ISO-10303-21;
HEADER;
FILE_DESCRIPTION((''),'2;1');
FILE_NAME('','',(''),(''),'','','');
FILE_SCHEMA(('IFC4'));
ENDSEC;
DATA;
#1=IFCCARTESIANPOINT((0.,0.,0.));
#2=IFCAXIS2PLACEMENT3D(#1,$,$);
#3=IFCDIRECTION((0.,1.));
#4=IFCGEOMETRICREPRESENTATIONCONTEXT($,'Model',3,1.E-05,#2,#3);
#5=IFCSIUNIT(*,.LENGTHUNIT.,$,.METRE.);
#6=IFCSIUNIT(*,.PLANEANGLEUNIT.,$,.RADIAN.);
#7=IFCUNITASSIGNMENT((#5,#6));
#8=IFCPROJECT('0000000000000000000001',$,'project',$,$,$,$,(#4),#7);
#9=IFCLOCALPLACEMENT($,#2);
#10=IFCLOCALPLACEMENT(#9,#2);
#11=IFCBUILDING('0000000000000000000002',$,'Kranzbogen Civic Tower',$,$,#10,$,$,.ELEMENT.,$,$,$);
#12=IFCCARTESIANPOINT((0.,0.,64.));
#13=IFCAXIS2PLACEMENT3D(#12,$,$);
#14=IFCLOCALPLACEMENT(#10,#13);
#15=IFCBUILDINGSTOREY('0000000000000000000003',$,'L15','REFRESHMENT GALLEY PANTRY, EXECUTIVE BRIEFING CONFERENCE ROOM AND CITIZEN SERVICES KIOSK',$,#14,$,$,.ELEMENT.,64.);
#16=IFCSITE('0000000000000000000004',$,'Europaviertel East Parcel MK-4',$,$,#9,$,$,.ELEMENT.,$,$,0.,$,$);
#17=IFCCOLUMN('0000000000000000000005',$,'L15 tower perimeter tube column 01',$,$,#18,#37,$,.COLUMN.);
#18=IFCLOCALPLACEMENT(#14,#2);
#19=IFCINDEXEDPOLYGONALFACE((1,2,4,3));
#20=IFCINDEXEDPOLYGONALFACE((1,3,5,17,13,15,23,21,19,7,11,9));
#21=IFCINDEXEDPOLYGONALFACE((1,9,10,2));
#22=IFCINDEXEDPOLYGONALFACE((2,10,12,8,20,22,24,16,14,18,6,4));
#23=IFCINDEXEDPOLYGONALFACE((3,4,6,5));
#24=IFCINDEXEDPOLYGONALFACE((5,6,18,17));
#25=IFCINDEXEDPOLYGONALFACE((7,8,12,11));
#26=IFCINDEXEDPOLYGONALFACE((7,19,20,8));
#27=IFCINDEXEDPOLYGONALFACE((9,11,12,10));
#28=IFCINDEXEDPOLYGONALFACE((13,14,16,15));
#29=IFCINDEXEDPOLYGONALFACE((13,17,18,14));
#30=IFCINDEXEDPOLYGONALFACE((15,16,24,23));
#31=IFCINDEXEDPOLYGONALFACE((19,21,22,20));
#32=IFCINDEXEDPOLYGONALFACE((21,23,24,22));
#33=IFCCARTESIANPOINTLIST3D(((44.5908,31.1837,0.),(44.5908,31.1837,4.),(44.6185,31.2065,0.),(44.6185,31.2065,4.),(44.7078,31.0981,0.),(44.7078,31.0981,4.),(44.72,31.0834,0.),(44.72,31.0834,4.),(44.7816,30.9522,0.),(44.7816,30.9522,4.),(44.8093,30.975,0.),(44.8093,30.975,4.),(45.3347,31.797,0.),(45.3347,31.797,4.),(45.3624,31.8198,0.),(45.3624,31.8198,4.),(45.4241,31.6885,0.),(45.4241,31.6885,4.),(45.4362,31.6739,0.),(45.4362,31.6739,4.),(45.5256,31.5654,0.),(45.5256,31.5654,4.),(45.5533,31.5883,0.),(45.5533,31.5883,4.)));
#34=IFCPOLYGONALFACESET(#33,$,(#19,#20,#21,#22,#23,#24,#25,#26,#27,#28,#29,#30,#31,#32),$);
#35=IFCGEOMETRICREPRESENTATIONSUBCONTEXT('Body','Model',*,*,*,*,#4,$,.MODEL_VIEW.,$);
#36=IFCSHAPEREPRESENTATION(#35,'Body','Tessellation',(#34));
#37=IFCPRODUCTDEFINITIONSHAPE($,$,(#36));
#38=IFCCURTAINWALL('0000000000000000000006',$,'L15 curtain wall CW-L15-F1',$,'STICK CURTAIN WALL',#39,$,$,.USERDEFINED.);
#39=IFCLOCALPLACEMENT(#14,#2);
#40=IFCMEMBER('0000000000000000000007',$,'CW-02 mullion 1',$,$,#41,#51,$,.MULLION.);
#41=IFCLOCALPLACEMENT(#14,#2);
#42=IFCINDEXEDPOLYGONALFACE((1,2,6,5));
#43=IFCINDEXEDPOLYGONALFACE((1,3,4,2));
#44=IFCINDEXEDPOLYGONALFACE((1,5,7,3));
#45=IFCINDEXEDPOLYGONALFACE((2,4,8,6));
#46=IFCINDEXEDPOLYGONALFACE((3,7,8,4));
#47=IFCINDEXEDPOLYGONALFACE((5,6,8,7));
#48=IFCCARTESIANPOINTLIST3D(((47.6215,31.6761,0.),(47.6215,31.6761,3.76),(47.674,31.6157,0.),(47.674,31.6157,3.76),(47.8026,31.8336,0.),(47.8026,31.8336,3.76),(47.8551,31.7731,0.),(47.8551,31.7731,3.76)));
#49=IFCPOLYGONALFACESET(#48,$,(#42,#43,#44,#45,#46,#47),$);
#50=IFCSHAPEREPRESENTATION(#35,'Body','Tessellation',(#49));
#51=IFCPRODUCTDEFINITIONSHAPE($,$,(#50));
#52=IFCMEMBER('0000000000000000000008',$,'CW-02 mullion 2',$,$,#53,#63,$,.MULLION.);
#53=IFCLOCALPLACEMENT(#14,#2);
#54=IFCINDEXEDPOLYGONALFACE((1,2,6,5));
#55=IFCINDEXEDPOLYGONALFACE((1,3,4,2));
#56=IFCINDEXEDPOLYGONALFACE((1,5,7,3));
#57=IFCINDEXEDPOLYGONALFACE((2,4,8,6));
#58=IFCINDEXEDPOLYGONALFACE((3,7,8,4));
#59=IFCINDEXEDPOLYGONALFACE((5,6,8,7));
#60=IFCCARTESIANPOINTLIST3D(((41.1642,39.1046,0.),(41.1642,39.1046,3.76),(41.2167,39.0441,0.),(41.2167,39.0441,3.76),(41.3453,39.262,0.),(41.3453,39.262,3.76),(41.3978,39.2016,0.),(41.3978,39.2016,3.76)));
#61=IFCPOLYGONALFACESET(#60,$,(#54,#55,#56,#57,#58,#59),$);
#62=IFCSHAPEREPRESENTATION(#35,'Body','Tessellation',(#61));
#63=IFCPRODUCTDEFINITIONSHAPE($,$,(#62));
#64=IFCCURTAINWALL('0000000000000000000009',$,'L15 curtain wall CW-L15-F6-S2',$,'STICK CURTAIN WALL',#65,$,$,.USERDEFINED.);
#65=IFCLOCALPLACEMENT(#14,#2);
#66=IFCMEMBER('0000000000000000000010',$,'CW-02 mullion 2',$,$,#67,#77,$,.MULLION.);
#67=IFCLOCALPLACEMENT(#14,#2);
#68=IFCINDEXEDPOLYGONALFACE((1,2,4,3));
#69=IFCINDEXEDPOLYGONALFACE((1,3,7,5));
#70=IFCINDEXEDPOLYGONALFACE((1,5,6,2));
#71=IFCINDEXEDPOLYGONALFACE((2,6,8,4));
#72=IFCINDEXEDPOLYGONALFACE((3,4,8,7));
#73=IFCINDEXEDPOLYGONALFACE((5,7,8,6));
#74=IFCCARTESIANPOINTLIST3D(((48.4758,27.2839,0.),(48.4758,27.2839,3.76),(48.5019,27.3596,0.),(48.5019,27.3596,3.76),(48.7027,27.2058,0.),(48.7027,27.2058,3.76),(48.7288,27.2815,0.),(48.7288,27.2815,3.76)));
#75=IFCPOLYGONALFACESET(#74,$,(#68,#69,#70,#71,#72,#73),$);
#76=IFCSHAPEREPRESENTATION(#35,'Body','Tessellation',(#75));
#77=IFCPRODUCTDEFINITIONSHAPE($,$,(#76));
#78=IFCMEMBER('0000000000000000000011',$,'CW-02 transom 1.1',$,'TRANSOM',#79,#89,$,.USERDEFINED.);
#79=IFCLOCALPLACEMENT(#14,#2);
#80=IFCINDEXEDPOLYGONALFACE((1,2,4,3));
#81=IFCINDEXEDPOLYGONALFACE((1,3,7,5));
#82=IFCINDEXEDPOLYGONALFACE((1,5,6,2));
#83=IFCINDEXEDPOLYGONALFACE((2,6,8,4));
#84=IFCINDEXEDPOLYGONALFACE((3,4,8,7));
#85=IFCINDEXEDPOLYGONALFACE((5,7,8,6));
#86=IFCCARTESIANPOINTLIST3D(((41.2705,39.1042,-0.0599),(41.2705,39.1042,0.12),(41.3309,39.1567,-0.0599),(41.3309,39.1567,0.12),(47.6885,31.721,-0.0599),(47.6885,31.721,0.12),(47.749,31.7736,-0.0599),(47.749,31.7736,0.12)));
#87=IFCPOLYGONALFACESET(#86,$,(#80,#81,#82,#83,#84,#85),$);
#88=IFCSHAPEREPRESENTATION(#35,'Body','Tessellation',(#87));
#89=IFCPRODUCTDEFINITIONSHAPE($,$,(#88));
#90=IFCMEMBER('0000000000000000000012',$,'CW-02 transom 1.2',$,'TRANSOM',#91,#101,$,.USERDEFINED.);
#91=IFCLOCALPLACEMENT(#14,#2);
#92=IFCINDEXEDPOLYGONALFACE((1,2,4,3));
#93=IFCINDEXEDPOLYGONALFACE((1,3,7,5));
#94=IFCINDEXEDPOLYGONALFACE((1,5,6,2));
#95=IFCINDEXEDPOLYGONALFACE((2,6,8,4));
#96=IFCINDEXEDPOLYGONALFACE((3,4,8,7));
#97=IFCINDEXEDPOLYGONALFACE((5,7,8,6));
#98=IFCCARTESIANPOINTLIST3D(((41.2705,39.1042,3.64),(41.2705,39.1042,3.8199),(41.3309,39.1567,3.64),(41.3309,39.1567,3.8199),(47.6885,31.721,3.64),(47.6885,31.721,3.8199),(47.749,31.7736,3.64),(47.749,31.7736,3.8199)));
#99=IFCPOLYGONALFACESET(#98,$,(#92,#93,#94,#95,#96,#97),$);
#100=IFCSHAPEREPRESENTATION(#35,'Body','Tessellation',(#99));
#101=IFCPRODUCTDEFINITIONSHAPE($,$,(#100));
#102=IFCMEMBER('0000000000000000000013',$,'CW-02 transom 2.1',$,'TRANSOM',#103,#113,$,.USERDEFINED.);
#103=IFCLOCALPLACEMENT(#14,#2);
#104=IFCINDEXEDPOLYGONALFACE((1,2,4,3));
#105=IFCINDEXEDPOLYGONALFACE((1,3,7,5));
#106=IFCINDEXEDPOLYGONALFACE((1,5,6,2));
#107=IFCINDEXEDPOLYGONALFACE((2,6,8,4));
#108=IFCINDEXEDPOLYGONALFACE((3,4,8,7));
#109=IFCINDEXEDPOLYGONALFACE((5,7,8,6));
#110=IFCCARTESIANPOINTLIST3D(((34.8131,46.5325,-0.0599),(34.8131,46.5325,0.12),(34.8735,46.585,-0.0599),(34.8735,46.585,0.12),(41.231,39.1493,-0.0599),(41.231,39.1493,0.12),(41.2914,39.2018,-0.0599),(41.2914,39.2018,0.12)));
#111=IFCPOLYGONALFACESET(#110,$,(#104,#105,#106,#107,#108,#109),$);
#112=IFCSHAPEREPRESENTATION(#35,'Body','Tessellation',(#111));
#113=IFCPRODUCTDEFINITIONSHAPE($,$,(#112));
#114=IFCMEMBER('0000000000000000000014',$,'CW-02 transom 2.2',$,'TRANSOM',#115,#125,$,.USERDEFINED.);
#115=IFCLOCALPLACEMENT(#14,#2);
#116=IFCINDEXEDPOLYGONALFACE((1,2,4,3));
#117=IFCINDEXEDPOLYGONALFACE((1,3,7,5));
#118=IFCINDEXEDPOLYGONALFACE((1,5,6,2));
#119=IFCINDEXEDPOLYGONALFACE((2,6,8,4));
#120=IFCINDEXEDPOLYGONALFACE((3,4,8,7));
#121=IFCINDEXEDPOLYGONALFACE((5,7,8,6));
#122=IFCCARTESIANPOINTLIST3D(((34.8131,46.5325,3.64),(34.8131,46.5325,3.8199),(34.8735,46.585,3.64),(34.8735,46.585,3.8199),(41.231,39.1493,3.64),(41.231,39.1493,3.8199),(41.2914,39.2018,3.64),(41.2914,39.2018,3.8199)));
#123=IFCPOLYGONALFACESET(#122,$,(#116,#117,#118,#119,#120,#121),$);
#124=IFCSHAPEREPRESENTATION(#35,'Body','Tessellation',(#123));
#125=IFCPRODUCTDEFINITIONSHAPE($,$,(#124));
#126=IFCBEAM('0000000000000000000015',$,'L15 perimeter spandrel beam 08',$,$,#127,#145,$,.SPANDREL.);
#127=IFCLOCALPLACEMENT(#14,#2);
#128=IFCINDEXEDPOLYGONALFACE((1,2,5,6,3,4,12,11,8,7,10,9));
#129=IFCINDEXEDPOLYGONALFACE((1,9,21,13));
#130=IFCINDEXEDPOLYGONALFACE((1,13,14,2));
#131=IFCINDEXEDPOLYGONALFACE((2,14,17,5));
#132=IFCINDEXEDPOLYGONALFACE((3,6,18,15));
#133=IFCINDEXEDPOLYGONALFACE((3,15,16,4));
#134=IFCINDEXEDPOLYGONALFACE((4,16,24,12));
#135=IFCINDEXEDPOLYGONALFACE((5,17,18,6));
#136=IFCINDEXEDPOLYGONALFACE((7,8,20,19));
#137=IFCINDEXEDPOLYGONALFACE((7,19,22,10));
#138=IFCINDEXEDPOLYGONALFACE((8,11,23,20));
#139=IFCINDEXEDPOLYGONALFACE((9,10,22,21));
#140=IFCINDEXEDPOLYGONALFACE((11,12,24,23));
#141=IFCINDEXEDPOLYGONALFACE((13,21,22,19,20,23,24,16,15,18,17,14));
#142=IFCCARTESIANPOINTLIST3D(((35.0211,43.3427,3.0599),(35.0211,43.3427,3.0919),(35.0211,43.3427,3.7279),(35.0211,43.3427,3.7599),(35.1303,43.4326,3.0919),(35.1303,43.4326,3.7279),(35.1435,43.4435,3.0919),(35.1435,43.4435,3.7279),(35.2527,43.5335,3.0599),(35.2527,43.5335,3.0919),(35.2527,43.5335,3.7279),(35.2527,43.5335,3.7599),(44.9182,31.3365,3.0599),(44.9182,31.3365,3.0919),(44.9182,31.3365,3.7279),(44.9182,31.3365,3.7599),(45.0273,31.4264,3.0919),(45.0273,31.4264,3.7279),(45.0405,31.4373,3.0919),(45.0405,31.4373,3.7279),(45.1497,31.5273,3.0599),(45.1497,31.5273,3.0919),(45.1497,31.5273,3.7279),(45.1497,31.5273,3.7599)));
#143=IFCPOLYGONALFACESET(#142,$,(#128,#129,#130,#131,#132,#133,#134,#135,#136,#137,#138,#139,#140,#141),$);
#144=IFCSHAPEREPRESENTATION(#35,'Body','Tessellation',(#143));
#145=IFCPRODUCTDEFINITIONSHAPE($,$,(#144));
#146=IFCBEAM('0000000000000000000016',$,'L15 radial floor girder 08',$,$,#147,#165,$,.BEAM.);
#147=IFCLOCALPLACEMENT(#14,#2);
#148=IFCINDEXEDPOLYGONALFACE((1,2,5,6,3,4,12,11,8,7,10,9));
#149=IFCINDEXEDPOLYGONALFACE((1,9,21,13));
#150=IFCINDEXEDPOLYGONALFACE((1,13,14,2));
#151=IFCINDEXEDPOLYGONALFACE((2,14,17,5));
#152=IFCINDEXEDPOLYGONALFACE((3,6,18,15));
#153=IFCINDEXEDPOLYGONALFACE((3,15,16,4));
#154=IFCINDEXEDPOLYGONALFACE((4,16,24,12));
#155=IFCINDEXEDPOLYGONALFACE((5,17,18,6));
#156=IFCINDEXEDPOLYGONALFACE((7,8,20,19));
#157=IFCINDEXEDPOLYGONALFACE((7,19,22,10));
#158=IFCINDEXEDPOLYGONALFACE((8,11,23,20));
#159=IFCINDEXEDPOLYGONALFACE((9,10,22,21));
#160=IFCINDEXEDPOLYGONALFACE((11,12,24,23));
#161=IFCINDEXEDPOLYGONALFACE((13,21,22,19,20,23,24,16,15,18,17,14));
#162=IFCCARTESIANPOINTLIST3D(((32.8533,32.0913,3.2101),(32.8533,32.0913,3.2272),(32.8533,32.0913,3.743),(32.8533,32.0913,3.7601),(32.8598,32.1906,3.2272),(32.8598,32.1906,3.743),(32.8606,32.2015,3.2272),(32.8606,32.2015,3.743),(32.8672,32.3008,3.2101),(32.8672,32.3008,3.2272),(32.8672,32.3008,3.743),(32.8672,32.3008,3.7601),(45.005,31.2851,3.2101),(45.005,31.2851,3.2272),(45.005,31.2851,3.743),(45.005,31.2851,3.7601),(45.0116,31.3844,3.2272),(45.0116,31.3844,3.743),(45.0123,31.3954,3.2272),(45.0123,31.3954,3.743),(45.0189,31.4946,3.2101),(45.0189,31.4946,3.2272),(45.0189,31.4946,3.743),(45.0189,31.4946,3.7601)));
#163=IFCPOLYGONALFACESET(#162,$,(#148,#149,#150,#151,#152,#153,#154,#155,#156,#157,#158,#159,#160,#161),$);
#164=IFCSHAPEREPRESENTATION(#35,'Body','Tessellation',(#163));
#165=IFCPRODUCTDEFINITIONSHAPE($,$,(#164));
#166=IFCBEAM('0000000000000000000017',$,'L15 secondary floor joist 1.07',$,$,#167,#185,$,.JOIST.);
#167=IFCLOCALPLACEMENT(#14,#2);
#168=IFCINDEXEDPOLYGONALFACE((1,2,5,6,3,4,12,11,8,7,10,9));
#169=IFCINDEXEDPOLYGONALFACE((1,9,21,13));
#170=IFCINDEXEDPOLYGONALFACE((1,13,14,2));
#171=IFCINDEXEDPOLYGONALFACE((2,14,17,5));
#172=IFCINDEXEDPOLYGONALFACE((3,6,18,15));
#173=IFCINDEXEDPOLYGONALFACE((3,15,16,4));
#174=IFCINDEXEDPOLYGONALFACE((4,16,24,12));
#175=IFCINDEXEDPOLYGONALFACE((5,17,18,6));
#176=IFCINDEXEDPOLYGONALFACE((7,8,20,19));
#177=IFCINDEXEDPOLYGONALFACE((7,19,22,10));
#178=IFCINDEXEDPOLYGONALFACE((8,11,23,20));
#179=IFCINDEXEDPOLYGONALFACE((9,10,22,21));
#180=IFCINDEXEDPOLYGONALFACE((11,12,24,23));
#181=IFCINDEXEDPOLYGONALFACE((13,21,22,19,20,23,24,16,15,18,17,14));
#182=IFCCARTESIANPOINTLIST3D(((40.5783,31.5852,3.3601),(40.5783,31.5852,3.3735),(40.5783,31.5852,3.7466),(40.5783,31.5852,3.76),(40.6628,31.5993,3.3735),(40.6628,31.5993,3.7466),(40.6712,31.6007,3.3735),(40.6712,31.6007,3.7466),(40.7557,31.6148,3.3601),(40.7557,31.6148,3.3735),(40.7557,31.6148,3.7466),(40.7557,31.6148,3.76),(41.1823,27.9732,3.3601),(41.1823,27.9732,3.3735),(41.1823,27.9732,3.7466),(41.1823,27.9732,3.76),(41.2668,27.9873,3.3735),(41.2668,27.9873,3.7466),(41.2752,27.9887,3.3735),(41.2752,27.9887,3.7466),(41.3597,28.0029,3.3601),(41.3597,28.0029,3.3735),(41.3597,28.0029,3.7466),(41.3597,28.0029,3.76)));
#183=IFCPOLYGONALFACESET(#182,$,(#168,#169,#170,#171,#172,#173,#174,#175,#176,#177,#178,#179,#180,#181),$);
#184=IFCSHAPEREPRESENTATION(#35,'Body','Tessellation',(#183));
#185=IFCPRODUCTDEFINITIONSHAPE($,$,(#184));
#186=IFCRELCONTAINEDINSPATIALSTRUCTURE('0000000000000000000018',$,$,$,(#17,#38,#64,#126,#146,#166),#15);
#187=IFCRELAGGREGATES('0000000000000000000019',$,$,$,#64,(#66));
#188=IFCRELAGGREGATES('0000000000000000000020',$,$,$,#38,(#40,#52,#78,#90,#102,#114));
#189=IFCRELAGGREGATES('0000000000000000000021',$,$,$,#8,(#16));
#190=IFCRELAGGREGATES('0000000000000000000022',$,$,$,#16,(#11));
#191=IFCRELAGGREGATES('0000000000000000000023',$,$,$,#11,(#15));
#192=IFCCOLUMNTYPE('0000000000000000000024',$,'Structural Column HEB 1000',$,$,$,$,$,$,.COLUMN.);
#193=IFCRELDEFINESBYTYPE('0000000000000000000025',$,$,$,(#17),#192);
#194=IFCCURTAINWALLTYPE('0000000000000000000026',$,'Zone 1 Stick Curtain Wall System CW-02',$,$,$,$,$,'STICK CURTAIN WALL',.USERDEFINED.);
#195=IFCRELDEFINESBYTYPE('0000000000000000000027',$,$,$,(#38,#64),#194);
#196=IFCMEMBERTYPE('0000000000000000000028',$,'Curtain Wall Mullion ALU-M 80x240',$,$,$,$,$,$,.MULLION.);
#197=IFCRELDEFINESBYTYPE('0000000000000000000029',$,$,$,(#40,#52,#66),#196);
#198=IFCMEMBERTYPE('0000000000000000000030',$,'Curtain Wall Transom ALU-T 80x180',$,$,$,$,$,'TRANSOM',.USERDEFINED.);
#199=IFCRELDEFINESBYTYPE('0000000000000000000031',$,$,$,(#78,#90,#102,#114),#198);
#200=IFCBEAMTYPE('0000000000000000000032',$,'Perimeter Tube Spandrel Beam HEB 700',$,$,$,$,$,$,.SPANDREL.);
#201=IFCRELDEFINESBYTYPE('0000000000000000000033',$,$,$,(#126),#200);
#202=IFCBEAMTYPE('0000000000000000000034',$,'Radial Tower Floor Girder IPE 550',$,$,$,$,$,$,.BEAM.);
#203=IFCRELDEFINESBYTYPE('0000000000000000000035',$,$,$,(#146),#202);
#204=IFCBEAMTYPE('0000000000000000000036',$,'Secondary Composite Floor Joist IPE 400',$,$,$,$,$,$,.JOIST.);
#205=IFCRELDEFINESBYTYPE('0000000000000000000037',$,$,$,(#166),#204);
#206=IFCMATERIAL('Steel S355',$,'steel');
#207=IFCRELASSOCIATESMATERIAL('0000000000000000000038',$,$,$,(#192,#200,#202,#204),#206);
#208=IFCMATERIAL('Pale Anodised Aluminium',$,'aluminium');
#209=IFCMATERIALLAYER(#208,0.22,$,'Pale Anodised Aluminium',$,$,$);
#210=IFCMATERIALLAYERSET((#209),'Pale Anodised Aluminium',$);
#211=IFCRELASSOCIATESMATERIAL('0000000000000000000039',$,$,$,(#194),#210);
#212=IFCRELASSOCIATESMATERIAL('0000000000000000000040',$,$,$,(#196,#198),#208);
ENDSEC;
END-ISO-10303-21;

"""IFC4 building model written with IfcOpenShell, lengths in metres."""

from ifc_helpers import new_model, si_unit, direction, frame, origin, origin_2d, place, context, subcontext, project, spatial, rectangle, i_section, extrude, material, layer, layer_set, material_profile, profile_set, type_object, element, aggregate, save


model = new_model("IFC4")

# Units and contexts
model_context = context("Model", 3, precision=1e-05, world=origin(), true_north=direction((0.0, 1.0)))
body_context = subcontext(model_context, "Body", "Model", "MODEL_VIEW")
ifc_project = project(units=[si_unit("LENGTHUNIT", "METRE"), si_unit("PLANEANGLEUNIT", "RADIAN")], contexts=[model_context])

# Site, building, storey
site_placement = place(None, origin())
site = spatial("IfcSite", under=ifc_project, at=site_placement, Name="Europaviertel East Parcel MK-4", CompositionType="ELEMENT", RefElevation=0.0)
building_placement = place(site_placement, origin())
building = spatial("IfcBuilding", under=site, at=building_placement, Name="Kranzbogen Civic Tower", CompositionType="ELEMENT")
storey_placement = place(building_placement, frame((0.0, 0.0, 64.0)))
storey = spatial("IfcBuildingStorey", under=building, at=storey_placement, Name="L15", Description="REFRESHMENT GALLEY PANTRY, EXECUTIVE BRIEFING CONFERENCE ROOM AND CITIZEN SERVICES KIOSK", CompositionType="ELEMENT", Elevation=64.0)

# Column
ifc_material_1 = material(Name="Steel S355", Category="steel")
ifc_material_profile_1 = material_profile(ifc_material_1, i_section(OverallWidth=0.3, OverallDepth=1.0, WebThickness=0.019, FlangeThickness=0.0359, at=origin_2d()), Name="HEB 1000")
ifc_profile_set_1 = profile_set([ifc_material_profile_1], Name="Steel S355")
column_type = type_object("IfcColumnType", Name="Structural Column HEB 1000", PredefinedType="COLUMN", material=ifc_profile_set_1)
column_placement = place(storey_placement, frame((45.072, 31.386, 0.0), z_axis=(0.0, 0.0, 1.0), x_axis=(-0.636078, 0.771625, 0.0)))
element("IfcColumn", 1, at=column_placement, inside=storey, type_object=column_type, Name="L15 tower perimeter tube column 01", PredefinedType="COLUMN", context=body_context, shape_type="SweptSolid", body=[
    extrude(i_section(OverallWidth=0.3, OverallDepth=1.0, WebThickness=0.019, FlangeThickness=0.0359, at=origin_2d()), origin(), (0.0, 0.0, 1.0), 4.0),
])

# Curtain wall, members
ifc_material_2 = material(Name="Pale Anodised Aluminium", Category="aluminium")
ifc_layer_1 = layer(ifc_material_2, 0.22, Name="Pale Anodised Aluminium")
ifc_layer_set_1 = layer_set([ifc_layer_1], Name="Pale Anodised Aluminium")
curtain_wall_type = type_object("IfcCurtainWallType", Name="Zone 1 Stick Curtain Wall System CW-02", ElementType="STICK CURTAIN WALL", PredefinedType="USERDEFINED", material=ifc_layer_set_1)
curtain_wall_1_placement = place(storey_placement, origin())
curtain_wall_1 = element("IfcCurtainWall", 2, at=curtain_wall_1_placement, inside=storey, type_object=curtain_wall_type, Name="L15 curtain wall CW-L15-F1", ObjectType="STICK CURTAIN WALL", PredefinedType="USERDEFINED")
ifc_material_profile_2 = material_profile(ifc_material_2, rectangle(XDim=0.0801, YDim=0.24, at=origin_2d()), Name="ALU-M 80x240")
ifc_profile_set_2 = profile_set([ifc_material_profile_2], Name="Pale Anodised Aluminium")
member_type_1 = type_object("IfcMemberType", Name="Curtain Wall Mullion ALU-M 80x240", PredefinedType="MULLION", material=ifc_profile_set_2)
member_1_placement = place(storey_placement, frame((47.7383, 31.7246, 0.0), z_axis=(0.0, 0.0, 1.0), x_axis=(-0.656056, 0.754712, 0.0)))
member_1 = element("IfcMember", 3, at=member_1_placement, type_object=member_type_1, Name="CW-02 mullion 1", PredefinedType="MULLION", context=body_context, shape_type="SweptSolid", body=[
    extrude(rectangle(XDim=0.0801, YDim=0.24, at=origin_2d()), origin(), (0.0, 0.0, 1.0), 3.76),
])
member_2_placement = place(storey_placement, frame((41.281, 39.1531, 0.0), z_axis=(0.0, 0.0, 1.0), x_axis=(-0.656056, 0.754712, 0.0)))
member_2 = element("IfcMember", 4, at=member_2_placement, type_object=member_type_1, Name="CW-02 mullion 2", PredefinedType="MULLION", context=body_context, shape_type="SweptSolid", body=[
    extrude(rectangle(XDim=0.0801, YDim=0.24, at=origin_2d()), origin(), (0.0, 0.0, 1.0), 3.76),
])

# Curtain wall, member
curtain_wall_2_placement = place(storey_placement, origin())
curtain_wall_2 = element("IfcCurtainWall", 5, at=curtain_wall_2_placement, inside=storey, type_object=curtain_wall_type, Name="L15 curtain wall CW-L15-F6-S2", ObjectType="STICK CURTAIN WALL", PredefinedType="USERDEFINED")
member_3_placement = place(storey_placement, frame((48.6023, 27.2827, 0.0), z_axis=(0.0, 0.0, 1.0), x_axis=(0.325621, 0.9455, 0.0)))
member_3 = element("IfcMember", 6, at=member_3_placement, type_object=member_type_1, Name="CW-02 mullion 2", PredefinedType="MULLION", context=body_context, shape_type="SweptSolid", body=[
    extrude(rectangle(XDim=0.0801, YDim=0.24, at=origin_2d()), origin(), (0.0, 0.0, 1.0), 3.76),
])
aggregate(curtain_wall_2, [member_3])

# Members
ifc_material_profile_3 = material_profile(ifc_material_2, rectangle(XDim=0.0801, YDim=0.1799, at=origin_2d()), Name="ALU-T 80x180")
ifc_profile_set_3 = profile_set([ifc_material_profile_3], Name="Pale Anodised Aluminium")
member_type_2 = type_object("IfcMemberType", Name="Curtain Wall Transom ALU-T 80x180", ElementType="TRANSOM", PredefinedType="USERDEFINED", material=ifc_profile_set_3)
member_4_placement = place(storey_placement, frame((47.7188, 31.7473, 0.03), z_axis=(-0.656058, 0.754711, 0.0), x_axis=(-0.754711, -0.656058, 0.0)))
member_4 = element("IfcMember", 7, at=member_4_placement, type_object=member_type_2, Name="CW-02 transom 1.1", ObjectType="TRANSOM", PredefinedType="USERDEFINED", context=body_context, shape_type="SweptSolid", body=[
    extrude(rectangle(XDim=0.0801, YDim=0.1799, at=origin_2d()), origin(), (0.0, 0.0, 1.0), 9.7827),
])
member_5_placement = place(storey_placement, frame((47.7188, 31.7473, 3.73), z_axis=(-0.656058, 0.754711, 0.0), x_axis=(-0.754711, -0.656058, 0.0)))
member_5 = element("IfcMember", 8, at=member_5_placement, type_object=member_type_2, Name="CW-02 transom 1.2", ObjectType="TRANSOM", PredefinedType="USERDEFINED", context=body_context, shape_type="SweptSolid", body=[
    extrude(rectangle(XDim=0.0801, YDim=0.1799, at=origin_2d()), origin(), (0.0, 0.0, 1.0), 9.7827),
])
member_6_placement = place(storey_placement, frame((41.2612, 39.1755, 0.03), z_axis=(-0.656045, 0.754722, 0.0), x_axis=(-0.754722, -0.656045, 0.0)))
member_6 = element("IfcMember", 9, at=member_6_placement, type_object=member_type_2, Name="CW-02 transom 2.1", ObjectType="TRANSOM", PredefinedType="USERDEFINED", context=body_context, shape_type="SweptSolid", body=[
    extrude(rectangle(XDim=0.0801, YDim=0.1799, at=origin_2d()), origin(), (0.0, 0.0, 1.0), 9.7827),
])
member_7_placement = place(storey_placement, frame((41.2612, 39.1755, 3.73), z_axis=(-0.656045, 0.754722, 0.0), x_axis=(-0.754722, -0.656045, 0.0)))
member_7 = element("IfcMember", 10, at=member_7_placement, type_object=member_type_2, Name="CW-02 transom 2.2", ObjectType="TRANSOM", PredefinedType="USERDEFINED", context=body_context, shape_type="SweptSolid", body=[
    extrude(rectangle(XDim=0.0801, YDim=0.1799, at=origin_2d()), origin(), (0.0, 0.0, 1.0), 9.7827),
])

# Beams
ifc_material_profile_4 = material_profile(ifc_material_1, i_section(OverallWidth=0.3, OverallDepth=0.7, WebThickness=0.0171, FlangeThickness=0.032, at=origin_2d()), Name="HEB 700")
ifc_profile_set_4 = profile_set([ifc_material_profile_4], Name="Steel S355")
beam_type_1 = type_object("IfcBeamType", Name="Perimeter Tube Spandrel Beam HEB 700", PredefinedType="SPANDREL", material=ifc_profile_set_4)
beam_1_placement = place(storey_placement, frame((45.0339, 31.4319, 3.4099), z_axis=(-0.636075, 0.771628, 0.0), x_axis=(-0.771628, -0.636075, 0.0)))
element("IfcBeam", 11, at=beam_1_placement, inside=storey, type_object=beam_type_1, Name="L15 perimeter spandrel beam 08", PredefinedType="SPANDREL", context=body_context, shape_type="SweptSolid", body=[
    extrude(i_section(OverallWidth=0.3, OverallDepth=0.7, WebThickness=0.0171, FlangeThickness=0.032, at=origin_2d()), origin(), (0.0, 0.0, 1.0), 15.5596),
])
ifc_material_profile_5 = material_profile(ifc_material_1, i_section(OverallWidth=0.21, OverallDepth=0.55, WebThickness=0.011, FlangeThickness=0.0171, at=origin_2d()), Name="IPE 550")
ifc_profile_set_5 = profile_set([ifc_material_profile_5], Name="Steel S355")
beam_type_2 = type_object("IfcBeamType", Name="Radial Tower Floor Girder IPE 550", PredefinedType="BEAM", material=ifc_profile_set_5)
beam_2_placement = place(storey_placement, frame((45.012, 31.3899, 3.4851), z_axis=(-0.997807, 0.066194, 0.0), x_axis=(-0.066194, -0.997807, 0.0)))
element("IfcBeam", 12, at=beam_2_placement, inside=storey, type_object=beam_type_2, Name="L15 radial floor girder 08", PredefinedType="BEAM", context=body_context, shape_type="SweptSolid", body=[
    extrude(i_section(OverallWidth=0.21, OverallDepth=0.55, WebThickness=0.011, FlangeThickness=0.0171, at=origin_2d()), origin(), (0.0, 0.0, 1.0), 12.1785),
])
ifc_material_profile_6 = material_profile(ifc_material_1, i_section(OverallWidth=0.1799, OverallDepth=0.3999, WebThickness=0.0085, FlangeThickness=0.0134, at=origin_2d()), Name="IPE 400")
ifc_profile_set_6 = profile_set([ifc_material_profile_6], Name="Steel S355")
beam_type_3 = type_object("IfcBeamType", Name="Secondary Composite Floor Joist IPE 400", PredefinedType="JOIST", material=ifc_profile_set_6)
beam_3_placement = place(storey_placement, frame((41.271, 27.988, 3.5601), z_axis=(-0.164929, 0.986305, 0.0), x_axis=(-0.986305, -0.164929, 0.0)))
element("IfcBeam", 13, at=beam_3_placement, inside=storey, type_object=beam_type_3, Name="L15 secondary floor joist 1.07", PredefinedType="JOIST", context=body_context, shape_type="SweptSolid", body=[
    extrude(i_section(OverallWidth=0.1799, OverallDepth=0.3999, WebThickness=0.0085, FlangeThickness=0.0134, at=origin_2d()), origin(), (0.0, 0.0, 1.0), 3.6621),
])

aggregate(curtain_wall_1, [member_1, member_2, member_4, member_5, member_6, member_7])

save(model, "model.ifc")
